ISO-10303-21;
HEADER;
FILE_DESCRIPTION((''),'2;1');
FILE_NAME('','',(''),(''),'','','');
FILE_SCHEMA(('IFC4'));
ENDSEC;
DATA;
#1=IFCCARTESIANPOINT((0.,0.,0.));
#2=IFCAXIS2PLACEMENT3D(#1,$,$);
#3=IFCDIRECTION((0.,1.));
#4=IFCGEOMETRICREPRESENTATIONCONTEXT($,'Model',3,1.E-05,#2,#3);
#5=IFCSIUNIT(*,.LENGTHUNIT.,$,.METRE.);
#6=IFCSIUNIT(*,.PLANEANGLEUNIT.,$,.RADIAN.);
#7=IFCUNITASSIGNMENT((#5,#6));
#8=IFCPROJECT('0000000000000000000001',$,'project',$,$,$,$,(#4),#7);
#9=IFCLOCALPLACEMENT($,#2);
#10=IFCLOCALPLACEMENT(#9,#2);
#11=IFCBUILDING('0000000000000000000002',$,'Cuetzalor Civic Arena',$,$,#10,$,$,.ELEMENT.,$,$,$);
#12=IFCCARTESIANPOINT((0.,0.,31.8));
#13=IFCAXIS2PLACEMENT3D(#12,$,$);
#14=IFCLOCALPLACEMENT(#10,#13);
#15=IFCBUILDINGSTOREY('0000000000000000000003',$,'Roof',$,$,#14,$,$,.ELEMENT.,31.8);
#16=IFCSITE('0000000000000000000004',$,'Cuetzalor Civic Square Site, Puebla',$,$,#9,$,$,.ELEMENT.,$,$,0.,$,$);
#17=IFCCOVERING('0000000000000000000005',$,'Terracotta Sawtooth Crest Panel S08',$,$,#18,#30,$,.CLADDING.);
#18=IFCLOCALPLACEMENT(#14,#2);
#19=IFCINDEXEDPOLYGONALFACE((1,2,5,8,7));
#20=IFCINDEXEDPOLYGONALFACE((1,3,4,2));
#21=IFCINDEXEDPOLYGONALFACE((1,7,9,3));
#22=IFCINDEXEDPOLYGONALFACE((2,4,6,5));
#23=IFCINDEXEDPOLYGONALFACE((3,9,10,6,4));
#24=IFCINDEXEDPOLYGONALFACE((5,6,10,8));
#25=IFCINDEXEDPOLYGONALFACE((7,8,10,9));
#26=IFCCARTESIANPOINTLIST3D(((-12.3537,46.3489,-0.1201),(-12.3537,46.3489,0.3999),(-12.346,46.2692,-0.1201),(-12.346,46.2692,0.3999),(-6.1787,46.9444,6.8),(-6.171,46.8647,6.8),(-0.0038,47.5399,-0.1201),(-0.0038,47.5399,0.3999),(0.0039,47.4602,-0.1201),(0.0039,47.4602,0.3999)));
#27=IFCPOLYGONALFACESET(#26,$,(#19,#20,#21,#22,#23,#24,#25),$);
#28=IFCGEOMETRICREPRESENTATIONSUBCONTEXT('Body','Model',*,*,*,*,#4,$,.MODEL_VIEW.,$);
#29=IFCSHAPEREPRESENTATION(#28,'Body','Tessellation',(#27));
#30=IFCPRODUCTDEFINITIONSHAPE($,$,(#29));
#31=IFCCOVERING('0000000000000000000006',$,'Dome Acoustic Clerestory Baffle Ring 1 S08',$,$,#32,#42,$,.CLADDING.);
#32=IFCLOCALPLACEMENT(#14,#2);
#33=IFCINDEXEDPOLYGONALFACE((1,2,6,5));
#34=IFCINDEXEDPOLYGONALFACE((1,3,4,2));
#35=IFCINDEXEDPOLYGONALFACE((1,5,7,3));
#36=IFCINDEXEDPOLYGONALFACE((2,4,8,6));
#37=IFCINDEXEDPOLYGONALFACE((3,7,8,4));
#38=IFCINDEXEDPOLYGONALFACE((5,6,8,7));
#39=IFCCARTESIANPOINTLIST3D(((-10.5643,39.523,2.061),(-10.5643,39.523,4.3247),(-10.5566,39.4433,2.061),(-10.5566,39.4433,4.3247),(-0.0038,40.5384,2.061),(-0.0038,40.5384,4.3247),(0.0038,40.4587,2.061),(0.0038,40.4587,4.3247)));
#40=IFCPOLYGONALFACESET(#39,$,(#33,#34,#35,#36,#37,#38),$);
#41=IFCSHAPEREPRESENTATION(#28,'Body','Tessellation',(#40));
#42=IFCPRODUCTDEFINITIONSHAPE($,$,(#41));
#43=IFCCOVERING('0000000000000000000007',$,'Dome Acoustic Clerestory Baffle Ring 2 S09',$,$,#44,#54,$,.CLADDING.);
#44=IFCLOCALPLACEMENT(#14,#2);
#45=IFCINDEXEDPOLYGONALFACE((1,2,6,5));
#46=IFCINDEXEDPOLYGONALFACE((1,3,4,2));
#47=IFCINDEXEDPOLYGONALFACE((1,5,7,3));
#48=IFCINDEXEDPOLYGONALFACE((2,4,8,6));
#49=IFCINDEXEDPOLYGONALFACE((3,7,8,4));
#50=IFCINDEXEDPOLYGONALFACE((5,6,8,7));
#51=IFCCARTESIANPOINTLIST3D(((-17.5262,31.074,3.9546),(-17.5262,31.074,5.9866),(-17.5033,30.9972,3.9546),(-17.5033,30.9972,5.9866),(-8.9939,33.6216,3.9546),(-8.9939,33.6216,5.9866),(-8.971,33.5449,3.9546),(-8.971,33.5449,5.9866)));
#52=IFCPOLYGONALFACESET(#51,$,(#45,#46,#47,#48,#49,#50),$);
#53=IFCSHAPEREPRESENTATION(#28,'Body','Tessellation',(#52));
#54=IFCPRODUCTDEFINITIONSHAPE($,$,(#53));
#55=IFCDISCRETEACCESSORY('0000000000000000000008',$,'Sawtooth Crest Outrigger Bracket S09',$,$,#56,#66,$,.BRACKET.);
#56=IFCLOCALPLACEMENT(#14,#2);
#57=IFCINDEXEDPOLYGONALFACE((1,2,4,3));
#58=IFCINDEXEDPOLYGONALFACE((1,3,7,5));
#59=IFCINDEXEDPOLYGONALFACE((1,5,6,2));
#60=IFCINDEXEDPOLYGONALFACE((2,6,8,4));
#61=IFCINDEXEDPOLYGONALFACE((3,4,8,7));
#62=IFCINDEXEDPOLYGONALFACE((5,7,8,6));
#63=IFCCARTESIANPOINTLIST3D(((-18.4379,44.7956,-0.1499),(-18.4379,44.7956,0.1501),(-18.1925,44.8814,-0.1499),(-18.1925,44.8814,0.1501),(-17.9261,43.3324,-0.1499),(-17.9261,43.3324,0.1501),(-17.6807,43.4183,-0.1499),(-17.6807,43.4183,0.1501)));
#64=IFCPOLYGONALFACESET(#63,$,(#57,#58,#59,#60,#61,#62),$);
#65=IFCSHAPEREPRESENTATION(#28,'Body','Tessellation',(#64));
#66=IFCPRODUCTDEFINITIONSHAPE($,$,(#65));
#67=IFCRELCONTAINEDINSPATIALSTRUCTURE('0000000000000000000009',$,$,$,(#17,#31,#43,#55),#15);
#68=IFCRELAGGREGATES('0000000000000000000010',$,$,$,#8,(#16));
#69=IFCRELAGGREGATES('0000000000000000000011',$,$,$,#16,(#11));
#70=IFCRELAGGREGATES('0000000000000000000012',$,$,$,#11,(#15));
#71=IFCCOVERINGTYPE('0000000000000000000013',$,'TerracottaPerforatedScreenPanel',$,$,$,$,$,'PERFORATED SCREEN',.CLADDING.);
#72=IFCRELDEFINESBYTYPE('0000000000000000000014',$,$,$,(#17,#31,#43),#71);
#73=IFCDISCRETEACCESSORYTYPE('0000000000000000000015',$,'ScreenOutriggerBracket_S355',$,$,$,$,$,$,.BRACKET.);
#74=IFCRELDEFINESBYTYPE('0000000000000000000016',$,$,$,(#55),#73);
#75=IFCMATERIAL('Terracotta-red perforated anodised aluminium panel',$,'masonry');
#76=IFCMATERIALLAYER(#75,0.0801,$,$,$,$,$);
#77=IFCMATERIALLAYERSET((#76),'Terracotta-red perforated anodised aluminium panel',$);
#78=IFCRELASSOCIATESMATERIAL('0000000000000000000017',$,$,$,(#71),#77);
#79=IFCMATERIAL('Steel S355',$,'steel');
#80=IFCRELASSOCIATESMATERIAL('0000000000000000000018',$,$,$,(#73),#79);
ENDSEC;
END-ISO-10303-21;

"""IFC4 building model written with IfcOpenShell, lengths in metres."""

from ifc_helpers import new_model, si_unit, direction, frame, frame_2d, origin, origin_2d, place, context, subcontext, project, spatial, polyline, rectangle, outline, extrude, material, layer, layer_set, type_object, element, save


model = new_model("IFC4")

# Units and contexts
model_context = context("Model", 3, precision=1e-05, world=origin(), true_north=direction((0.0, 1.0)))
body_context = subcontext(model_context, "Body", "Model", "MODEL_VIEW")
ifc_project = project(units=[si_unit("LENGTHUNIT", "METRE"), si_unit("PLANEANGLEUNIT", "RADIAN")], contexts=[model_context])

# Site, building, storey
site_placement = place(None, origin())
site = spatial("IfcSite", under=ifc_project, at=site_placement, Name="Cuetzalor Civic Square Site, Puebla", CompositionType="ELEMENT", RefElevation=0.0)
building_placement = place(site_placement, origin())
building = spatial("IfcBuilding", under=site, at=building_placement, Name="Cuetzalor Civic Arena", CompositionType="ELEMENT")
storey_placement = place(building_placement, frame((0.0, 0.0, 31.8)))
storey = spatial("IfcBuildingStorey", under=building, at=storey_placement, Name="Roof", CompositionType="ELEMENT", Elevation=31.8)

# Coverings
ifc_material_1 = material(Name="Terracotta-red perforated anodised aluminium panel", Category="masonry")
ifc_layer_1 = layer(ifc_material_1, 0.0801)
ifc_layer_set_1 = layer_set([ifc_layer_1], Name="Terracotta-red perforated anodised aluminium panel")
covering_type = type_object("IfcCoveringType", Name="TerracottaPerforatedScreenPanel", ElementType="PERFORATED SCREEN", PredefinedType="CLADDING", material=ifc_layer_set_1)
covering_1_placement = place(storey_placement, frame((-12.3499, 46.3091, -0.1201), z_axis=(0.0, 0.0, 1.0), x_axis=(0.995383, 0.095986, 0.0)))
element("IfcCovering", 1, at=covering_1_placement, inside=storey, type_object=covering_type, Name="Terracotta Sawtooth Crest Panel S08", PredefinedType="CLADDING", context=body_context, shape_type="SweptSolid", body=[
    extrude(outline(polyline([(0.0, 0.0), (12.4072, 0.0), (12.4072, 0.52), (6.2036, 6.9202), (0.0, 0.52), (0.0, 0.0)])), frame((0.0, 0.04, 0.0), z_axis=(0.0, -1.0, 0.0), x_axis=(1.0, 0.0, 0.0)), (0.0, 0.0, 1.0), 0.0801),
])
covering_2_placement = place(storey_placement, frame((-10.5605, 39.4832, 2.061), z_axis=(0.0, 0.0, 1.0), x_axis=(0.99541, 0.095707, 0.0)))
element("IfcCovering", 2, at=covering_2_placement, inside=storey, type_object=covering_type, Name="Dome Acoustic Clerestory Baffle Ring 1 S08", PredefinedType="CLADDING", context=body_context, shape_type="SweptSolid", body=[
    extrude(rectangle(XDim=10.6091, YDim=0.0801, at=frame_2d((5.3047, 0.0))), origin(), (0.0, 0.0, 1.0), 2.2637),
])
covering_3_placement = place(storey_placement, frame((-17.5146, 31.0356, 3.9546), z_axis=(0.0, 0.0, 1.0), x_axis=(0.958198, 0.286105, 0.0)))
element("IfcCovering", 3, at=covering_3_placement, inside=storey, type_object=covering_type, Name="Dome Acoustic Clerestory Baffle Ring 2 S09", PredefinedType="CLADDING", context=body_context, shape_type="SweptSolid", body=[
    extrude(rectangle(XDim=8.9045, YDim=0.0801, at=frame_2d((4.4521, 0.0))), origin(), (0.0, 0.0, 1.0), 2.032),
])

# Discrete accessory
ifc_material_2 = material(Name="Steel S355", Category="steel")
discrete_accessory_type = type_object("IfcDiscreteAccessoryType", Name="ScreenOutriggerBracket_S355", PredefinedType="BRACKET", material=ifc_material_2)
discrete_accessory_placement = place(storey_placement, frame((-18.0593, 44.1069, -0.1499), z_axis=(0.0, 0.0, 1.0), x_axis=(-0.330185, 0.943916, 0.0)))
element("IfcDiscreteAccessory", 4, at=discrete_accessory_placement, inside=storey, type_object=discrete_accessory_type, Name="Sawtooth Crest Outrigger Bracket S09", PredefinedType="BRACKET", context=body_context, shape_type="SweptSolid", body=[
    extrude(rectangle(XDim=1.55, YDim=0.26, at=origin_2d()), origin(), (0.0, 0.0, 1.0), 0.3),
])

save(model, "model.ifc")
